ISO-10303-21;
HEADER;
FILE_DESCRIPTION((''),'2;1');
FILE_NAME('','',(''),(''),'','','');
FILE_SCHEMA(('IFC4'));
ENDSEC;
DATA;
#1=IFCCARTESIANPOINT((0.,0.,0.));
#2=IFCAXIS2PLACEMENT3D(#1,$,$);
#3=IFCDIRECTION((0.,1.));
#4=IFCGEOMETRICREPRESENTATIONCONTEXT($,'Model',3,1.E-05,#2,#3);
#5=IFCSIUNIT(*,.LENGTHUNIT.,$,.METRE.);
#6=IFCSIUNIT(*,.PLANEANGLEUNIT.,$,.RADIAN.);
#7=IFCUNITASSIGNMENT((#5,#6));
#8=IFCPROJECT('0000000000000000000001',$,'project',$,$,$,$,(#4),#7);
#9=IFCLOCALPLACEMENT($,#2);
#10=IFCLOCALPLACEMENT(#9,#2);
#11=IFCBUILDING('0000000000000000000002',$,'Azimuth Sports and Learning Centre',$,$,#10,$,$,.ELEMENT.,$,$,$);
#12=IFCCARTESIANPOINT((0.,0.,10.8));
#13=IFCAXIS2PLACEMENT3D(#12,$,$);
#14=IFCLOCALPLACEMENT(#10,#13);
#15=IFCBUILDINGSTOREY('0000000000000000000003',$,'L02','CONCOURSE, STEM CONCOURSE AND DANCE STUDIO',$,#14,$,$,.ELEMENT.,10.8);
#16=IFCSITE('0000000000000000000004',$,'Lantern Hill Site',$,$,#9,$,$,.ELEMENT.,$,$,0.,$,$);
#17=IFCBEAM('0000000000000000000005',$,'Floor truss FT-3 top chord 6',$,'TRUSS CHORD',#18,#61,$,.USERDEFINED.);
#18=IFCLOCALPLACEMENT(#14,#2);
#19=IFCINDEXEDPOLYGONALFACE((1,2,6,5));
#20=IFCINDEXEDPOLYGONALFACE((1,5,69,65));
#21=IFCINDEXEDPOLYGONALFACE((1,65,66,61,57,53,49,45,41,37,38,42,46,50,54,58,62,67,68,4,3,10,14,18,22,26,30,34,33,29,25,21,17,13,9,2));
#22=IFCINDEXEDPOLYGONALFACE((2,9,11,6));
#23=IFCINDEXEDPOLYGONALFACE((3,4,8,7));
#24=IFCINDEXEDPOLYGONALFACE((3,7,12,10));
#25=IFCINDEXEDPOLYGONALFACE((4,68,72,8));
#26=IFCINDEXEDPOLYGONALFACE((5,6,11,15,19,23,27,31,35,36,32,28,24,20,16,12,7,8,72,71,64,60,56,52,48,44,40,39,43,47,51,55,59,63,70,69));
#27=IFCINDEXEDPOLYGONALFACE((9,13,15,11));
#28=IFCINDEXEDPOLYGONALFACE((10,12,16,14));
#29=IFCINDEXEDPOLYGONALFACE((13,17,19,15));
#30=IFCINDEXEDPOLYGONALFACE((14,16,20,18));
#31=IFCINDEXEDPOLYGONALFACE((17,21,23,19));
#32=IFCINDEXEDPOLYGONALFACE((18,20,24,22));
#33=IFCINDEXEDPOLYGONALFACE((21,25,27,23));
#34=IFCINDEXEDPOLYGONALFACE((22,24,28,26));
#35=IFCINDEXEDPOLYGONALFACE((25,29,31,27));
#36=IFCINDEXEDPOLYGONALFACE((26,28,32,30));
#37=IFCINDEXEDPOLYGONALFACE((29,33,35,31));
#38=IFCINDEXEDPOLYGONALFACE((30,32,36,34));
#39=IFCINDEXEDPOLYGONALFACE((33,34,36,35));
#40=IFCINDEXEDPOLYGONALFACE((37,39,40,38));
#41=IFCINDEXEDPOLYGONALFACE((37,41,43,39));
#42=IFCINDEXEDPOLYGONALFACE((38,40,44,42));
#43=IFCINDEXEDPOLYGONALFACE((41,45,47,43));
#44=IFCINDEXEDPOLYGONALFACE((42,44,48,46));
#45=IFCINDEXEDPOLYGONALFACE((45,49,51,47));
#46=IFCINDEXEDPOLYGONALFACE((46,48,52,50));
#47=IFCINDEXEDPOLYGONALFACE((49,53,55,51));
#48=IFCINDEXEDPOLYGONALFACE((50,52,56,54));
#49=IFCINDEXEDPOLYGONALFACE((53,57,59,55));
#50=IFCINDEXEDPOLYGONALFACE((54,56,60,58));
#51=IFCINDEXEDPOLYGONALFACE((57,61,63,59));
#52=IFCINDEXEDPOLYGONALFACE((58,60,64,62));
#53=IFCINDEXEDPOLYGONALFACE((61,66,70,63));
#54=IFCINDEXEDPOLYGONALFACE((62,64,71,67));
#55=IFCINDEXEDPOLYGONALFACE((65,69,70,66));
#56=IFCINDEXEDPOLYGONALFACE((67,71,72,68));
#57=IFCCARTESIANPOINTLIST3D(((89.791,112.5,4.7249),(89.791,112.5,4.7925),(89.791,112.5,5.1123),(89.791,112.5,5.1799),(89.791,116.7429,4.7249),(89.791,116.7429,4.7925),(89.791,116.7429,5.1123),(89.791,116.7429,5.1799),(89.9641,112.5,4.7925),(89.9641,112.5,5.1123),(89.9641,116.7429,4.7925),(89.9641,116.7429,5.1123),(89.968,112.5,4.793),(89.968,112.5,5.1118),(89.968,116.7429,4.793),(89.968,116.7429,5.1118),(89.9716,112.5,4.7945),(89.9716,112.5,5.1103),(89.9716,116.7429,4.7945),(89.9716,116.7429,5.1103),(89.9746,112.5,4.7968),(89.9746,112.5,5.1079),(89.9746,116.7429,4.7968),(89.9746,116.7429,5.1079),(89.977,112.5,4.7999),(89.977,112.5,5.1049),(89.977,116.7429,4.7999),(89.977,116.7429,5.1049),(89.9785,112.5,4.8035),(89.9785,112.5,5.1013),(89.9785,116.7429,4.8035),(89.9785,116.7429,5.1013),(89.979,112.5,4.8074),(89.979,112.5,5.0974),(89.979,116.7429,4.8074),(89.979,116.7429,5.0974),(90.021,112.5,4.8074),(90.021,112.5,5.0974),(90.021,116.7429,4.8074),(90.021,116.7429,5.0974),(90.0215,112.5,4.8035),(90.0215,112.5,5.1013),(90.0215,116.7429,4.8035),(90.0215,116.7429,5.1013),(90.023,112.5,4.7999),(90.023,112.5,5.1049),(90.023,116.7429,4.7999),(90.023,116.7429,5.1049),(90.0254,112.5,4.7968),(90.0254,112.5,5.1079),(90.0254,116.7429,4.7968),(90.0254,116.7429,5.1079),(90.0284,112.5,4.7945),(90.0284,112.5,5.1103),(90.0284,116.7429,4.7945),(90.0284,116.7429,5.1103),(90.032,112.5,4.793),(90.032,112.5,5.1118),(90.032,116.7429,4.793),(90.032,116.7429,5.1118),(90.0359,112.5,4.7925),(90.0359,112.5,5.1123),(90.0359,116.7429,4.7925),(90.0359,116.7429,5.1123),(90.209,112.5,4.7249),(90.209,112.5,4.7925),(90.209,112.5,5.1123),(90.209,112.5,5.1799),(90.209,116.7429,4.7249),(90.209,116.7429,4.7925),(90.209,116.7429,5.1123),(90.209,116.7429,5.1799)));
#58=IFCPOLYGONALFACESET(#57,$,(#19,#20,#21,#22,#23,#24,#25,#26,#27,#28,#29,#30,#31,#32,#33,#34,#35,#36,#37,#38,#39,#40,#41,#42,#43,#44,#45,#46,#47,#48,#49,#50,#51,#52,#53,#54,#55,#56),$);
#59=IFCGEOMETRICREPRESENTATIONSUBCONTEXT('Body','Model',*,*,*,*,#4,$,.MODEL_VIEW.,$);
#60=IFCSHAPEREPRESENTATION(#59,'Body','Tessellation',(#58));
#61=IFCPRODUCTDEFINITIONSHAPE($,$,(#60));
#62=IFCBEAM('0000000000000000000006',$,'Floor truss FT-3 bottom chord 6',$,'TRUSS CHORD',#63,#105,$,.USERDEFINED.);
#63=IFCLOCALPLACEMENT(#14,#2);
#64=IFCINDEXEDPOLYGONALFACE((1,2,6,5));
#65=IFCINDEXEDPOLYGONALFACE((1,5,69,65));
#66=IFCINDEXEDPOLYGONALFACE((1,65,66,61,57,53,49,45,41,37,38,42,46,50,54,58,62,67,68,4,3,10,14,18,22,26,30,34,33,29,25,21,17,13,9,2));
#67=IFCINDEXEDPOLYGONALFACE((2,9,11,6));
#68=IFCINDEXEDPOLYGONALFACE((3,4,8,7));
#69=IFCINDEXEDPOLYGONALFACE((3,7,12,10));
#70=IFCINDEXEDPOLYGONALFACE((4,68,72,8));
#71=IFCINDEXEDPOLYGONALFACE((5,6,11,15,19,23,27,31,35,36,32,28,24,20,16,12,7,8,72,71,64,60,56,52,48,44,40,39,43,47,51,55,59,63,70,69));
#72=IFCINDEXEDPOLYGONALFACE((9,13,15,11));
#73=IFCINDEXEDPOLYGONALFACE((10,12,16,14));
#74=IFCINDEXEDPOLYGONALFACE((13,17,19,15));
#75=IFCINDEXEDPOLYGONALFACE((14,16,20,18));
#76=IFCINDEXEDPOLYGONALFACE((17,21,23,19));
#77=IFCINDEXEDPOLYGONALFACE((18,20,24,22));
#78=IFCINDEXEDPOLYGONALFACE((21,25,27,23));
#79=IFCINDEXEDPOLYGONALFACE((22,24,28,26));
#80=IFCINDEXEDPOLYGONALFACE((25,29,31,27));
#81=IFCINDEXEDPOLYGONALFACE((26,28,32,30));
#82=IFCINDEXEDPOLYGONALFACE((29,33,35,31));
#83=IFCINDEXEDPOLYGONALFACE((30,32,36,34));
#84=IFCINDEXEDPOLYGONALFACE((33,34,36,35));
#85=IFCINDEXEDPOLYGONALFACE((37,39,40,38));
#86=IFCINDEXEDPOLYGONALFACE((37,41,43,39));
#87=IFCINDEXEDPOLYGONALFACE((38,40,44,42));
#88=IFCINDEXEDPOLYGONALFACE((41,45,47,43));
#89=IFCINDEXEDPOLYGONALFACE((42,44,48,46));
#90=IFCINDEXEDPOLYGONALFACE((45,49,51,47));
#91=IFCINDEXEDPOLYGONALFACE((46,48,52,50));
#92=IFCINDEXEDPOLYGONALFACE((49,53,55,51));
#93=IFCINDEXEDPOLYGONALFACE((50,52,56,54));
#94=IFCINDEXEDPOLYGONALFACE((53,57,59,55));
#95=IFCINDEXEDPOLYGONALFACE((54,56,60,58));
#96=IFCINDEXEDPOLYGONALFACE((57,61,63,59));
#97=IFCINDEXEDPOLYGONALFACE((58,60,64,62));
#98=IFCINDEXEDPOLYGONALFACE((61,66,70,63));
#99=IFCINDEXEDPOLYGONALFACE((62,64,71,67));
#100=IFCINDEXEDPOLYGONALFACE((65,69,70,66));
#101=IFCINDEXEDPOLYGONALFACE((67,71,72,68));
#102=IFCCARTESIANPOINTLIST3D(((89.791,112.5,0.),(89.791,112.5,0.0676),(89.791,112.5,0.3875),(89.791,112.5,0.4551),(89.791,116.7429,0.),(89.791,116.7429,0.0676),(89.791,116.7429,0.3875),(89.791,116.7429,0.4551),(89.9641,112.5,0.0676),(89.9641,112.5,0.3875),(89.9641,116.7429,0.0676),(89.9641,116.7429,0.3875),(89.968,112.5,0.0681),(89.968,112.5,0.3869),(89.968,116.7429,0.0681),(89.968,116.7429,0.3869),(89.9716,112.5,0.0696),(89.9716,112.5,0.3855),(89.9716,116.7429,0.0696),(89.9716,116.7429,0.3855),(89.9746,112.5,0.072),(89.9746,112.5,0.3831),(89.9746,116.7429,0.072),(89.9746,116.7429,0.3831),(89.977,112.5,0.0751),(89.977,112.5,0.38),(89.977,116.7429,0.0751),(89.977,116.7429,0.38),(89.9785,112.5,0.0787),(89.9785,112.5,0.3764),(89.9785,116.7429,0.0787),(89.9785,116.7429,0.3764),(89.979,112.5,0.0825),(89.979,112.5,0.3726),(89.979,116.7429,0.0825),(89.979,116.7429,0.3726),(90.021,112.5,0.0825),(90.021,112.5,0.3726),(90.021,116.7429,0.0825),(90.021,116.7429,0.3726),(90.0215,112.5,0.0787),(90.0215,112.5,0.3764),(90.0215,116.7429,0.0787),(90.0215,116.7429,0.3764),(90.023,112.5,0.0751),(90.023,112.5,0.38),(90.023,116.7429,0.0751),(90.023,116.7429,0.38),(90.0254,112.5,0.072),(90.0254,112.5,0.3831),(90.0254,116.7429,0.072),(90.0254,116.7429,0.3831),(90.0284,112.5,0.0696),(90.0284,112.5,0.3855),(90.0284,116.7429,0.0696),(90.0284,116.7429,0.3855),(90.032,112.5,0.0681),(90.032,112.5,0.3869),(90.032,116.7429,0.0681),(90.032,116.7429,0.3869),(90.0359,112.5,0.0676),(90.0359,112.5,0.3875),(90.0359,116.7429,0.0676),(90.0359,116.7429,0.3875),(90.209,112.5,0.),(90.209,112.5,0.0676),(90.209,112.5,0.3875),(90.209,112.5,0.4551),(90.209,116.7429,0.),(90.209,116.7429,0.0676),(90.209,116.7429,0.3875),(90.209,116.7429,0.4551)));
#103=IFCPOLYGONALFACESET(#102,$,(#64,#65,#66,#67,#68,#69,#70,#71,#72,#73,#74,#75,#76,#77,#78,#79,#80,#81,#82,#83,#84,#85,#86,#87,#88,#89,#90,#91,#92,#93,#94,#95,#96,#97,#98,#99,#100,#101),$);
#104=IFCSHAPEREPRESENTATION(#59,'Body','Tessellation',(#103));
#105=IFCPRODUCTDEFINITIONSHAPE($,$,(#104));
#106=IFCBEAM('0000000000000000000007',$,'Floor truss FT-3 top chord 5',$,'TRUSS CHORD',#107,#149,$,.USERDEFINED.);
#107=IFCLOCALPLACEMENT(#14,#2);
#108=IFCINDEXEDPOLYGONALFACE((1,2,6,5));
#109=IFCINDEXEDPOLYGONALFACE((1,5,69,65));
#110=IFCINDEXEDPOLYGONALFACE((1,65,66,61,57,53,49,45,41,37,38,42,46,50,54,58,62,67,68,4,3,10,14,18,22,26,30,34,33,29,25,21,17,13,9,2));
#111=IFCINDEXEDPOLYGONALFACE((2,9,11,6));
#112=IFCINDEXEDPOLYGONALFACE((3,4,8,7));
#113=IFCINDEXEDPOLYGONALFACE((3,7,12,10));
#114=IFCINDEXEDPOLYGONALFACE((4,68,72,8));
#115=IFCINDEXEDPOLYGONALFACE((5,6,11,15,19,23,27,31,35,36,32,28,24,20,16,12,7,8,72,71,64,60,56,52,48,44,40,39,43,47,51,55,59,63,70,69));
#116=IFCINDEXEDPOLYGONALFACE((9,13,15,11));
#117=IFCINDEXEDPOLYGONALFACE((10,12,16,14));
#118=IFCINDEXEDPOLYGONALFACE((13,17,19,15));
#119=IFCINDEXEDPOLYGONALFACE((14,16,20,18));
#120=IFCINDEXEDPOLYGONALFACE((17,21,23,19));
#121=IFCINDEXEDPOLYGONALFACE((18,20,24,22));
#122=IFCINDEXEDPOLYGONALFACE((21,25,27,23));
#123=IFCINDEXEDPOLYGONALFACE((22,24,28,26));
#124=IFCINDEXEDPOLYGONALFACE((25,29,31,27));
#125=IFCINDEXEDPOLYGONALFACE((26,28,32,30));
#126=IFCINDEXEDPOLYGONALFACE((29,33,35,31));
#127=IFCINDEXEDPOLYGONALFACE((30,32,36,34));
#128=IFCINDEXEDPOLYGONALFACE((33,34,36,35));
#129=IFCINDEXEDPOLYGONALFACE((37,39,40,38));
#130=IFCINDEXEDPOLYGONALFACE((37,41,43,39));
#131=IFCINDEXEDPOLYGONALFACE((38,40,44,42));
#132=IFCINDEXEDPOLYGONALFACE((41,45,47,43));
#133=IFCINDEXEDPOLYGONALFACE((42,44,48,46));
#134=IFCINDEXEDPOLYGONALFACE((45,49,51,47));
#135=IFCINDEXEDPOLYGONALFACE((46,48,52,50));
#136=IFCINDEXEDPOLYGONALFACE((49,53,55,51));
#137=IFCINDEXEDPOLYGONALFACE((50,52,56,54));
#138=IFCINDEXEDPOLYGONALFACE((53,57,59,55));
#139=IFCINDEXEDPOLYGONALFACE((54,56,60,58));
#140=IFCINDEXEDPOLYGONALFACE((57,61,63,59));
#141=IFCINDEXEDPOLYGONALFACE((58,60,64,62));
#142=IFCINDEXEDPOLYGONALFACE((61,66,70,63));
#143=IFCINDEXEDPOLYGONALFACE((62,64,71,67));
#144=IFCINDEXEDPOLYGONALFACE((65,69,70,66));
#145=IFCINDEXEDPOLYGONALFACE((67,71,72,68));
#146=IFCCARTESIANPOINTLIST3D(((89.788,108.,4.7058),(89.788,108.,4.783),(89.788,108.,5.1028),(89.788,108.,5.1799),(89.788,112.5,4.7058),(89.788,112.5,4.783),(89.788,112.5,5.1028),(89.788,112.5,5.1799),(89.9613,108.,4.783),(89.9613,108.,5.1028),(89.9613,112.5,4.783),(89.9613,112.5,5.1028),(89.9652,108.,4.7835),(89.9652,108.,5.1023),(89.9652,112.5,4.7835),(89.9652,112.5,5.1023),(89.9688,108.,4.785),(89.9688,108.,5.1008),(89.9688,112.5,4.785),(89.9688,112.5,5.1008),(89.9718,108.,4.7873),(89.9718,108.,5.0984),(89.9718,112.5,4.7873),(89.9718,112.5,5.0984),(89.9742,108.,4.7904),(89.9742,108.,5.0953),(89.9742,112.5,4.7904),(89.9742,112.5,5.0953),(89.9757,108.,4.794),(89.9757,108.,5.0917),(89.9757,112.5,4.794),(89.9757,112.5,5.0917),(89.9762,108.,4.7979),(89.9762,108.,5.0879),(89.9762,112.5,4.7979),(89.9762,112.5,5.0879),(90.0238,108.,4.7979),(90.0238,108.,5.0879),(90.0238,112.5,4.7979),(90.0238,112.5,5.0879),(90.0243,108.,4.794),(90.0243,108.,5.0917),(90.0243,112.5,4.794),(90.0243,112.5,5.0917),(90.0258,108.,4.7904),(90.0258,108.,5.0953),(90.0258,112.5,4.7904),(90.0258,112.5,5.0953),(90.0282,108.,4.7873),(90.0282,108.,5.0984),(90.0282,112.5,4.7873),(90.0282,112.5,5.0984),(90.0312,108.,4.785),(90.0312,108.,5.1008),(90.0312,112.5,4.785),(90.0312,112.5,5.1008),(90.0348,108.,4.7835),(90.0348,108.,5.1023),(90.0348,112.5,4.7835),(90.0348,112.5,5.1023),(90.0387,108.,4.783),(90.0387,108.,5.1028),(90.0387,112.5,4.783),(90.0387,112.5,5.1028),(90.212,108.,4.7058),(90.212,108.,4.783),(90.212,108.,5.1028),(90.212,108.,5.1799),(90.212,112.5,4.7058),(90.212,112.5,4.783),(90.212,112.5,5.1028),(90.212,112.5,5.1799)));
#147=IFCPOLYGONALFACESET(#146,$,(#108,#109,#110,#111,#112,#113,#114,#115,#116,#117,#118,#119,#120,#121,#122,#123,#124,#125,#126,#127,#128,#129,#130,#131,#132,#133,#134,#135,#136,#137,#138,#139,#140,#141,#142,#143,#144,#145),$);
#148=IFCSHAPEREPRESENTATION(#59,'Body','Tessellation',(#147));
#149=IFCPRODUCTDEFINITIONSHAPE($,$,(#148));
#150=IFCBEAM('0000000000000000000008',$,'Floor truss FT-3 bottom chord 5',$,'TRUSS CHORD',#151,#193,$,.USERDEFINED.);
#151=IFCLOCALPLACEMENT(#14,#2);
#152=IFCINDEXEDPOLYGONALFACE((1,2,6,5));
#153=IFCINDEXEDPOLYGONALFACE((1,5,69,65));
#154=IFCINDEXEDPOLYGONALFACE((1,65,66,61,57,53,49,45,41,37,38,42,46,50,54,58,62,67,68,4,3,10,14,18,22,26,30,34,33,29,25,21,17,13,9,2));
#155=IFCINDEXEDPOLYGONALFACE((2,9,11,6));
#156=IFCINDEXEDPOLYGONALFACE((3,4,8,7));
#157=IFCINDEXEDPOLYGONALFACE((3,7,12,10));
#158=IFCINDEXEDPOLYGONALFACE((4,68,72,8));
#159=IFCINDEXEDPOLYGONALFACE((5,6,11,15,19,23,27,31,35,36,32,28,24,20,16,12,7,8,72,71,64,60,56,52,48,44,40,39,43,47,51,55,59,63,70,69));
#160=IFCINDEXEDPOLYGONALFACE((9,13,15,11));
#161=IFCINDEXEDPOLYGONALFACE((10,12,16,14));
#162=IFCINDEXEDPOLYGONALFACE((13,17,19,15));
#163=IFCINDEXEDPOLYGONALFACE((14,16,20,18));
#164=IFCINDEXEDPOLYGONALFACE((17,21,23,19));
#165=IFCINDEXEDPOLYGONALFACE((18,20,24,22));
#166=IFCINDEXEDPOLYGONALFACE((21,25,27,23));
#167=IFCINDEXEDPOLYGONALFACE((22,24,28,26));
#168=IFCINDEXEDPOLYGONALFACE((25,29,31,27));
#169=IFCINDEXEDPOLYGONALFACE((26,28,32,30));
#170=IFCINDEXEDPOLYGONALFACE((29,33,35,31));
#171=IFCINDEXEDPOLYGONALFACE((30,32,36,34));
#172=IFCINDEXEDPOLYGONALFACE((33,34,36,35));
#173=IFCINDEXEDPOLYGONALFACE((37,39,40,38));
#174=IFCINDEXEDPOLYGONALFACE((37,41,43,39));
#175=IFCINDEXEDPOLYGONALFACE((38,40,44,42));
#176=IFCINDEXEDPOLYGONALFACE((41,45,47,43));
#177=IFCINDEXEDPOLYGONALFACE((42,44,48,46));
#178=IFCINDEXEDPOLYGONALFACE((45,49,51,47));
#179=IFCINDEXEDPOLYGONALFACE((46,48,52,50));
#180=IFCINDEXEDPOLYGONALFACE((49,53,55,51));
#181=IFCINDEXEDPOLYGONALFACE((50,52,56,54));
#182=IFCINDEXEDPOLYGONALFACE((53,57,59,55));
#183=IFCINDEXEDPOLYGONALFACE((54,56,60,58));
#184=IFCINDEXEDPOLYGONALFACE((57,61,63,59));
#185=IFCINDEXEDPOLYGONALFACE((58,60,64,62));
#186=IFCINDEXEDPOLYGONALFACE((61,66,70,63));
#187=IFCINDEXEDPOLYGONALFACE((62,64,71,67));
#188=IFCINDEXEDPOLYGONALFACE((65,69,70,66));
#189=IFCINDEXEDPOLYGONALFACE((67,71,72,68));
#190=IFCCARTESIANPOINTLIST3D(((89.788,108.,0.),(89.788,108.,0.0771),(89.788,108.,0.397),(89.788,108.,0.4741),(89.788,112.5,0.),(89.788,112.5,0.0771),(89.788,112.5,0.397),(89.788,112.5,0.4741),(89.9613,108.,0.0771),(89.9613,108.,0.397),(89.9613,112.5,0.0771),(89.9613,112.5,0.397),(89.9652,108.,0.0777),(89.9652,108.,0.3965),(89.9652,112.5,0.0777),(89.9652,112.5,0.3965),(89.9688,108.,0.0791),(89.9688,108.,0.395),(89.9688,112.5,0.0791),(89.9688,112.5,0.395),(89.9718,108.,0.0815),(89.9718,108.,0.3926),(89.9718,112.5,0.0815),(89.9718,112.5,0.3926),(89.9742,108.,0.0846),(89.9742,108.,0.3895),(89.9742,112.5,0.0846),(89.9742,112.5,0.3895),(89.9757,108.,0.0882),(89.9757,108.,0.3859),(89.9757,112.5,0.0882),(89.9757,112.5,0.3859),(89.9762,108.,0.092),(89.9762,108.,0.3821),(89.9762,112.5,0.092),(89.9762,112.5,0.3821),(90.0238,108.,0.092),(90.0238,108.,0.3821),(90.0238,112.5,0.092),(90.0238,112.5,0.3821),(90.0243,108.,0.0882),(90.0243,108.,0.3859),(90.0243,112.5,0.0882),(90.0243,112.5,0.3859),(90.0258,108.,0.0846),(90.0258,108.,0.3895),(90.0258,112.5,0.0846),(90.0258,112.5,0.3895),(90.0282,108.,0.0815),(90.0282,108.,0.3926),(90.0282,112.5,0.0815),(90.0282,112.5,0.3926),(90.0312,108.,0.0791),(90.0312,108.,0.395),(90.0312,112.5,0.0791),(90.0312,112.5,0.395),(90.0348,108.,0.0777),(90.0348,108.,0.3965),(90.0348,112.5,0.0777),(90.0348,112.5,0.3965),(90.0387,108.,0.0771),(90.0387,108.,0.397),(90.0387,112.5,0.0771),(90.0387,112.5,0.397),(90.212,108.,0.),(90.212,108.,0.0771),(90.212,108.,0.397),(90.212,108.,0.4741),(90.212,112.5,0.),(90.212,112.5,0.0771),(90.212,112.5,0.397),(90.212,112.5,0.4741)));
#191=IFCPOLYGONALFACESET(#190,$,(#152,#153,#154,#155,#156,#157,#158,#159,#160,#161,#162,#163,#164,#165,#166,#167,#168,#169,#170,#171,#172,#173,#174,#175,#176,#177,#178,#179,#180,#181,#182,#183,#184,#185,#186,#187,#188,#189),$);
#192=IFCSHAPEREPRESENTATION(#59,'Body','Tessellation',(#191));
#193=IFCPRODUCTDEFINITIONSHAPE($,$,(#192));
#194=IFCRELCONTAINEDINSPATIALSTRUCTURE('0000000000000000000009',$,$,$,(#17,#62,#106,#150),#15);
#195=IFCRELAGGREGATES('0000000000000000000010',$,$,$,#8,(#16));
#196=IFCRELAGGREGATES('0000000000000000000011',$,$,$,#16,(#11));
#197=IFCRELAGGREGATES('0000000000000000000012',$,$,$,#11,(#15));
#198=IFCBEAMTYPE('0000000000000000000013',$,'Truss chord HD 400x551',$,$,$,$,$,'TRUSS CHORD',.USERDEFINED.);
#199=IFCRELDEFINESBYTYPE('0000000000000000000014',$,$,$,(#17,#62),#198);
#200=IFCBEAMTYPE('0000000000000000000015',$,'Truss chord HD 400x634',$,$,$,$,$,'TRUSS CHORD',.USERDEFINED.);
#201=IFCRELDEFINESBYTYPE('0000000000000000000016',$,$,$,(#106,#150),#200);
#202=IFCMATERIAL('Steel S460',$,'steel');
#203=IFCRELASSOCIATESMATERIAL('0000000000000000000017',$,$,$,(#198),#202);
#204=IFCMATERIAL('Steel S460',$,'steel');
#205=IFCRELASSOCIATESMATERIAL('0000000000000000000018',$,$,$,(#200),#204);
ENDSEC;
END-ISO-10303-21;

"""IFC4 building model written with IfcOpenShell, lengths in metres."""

from ifc_helpers import new_model, si_unit, direction, frame, origin, origin_2d, place, context, subcontext, project, spatial, i_section, extrude, material, material_profile, profile_set, type_object, element, save


model = new_model("IFC4")

# Units and contexts
model_context = context("Model", 3, precision=1e-05, world=origin(), true_north=direction((0.0, 1.0)))
body_context = subcontext(model_context, "Body", "Model", "MODEL_VIEW")
ifc_project = project(units=[si_unit("LENGTHUNIT", "METRE"), si_unit("PLANEANGLEUNIT", "RADIAN")], contexts=[model_context])

# Site, building, storey
site_placement = place(None, origin())
site = spatial("IfcSite", under=ifc_project, at=site_placement, Name="Lantern Hill Site", CompositionType="ELEMENT", RefElevation=0.0)
building_placement = place(site_placement, origin())
building = spatial("IfcBuilding", under=site, at=building_placement, Name="Azimuth Sports and Learning Centre", CompositionType="ELEMENT")
storey_placement = place(building_placement, frame((0.0, 0.0, 10.8)))
storey = spatial("IfcBuildingStorey", under=building, at=storey_placement, Name="L02", Description="CONCOURSE, STEM CONCOURSE AND DANCE STUDIO", CompositionType="ELEMENT", Elevation=10.8)

# Beams
ifc_material_1 = material(Name="Steel S460", Category="steel")
ifc_material_profile_1 = material_profile(ifc_material_1, i_section(OverallWidth=0.418, OverallDepth=0.4551, WebThickness=0.042, FlangeThickness=0.0676, FilletRadius=0.0149, at=origin_2d()), Name="HD 400x551")
ifc_profile_set_1 = profile_set([ifc_material_profile_1], Name="Steel S460")
beam_type_1 = type_object("IfcBeamType", Name="Truss chord HD 400x551", ElementType="TRUSS CHORD", PredefinedType="USERDEFINED", material=ifc_profile_set_1)
for number, where, z_axis, x_axis, name in (
    (1, (90.0, 112.5, 4.9524), (0.0, 1.0, 0.0), (-1.0, 0.0, 0.0), "Floor truss FT-3 top chord 6"),
    (2, (90.0, 112.5, 0.2275), (0.0, 1.0, 0.0), (-1.0, 0.0, 0.0), "Floor truss FT-3 bottom chord 6"),
):
    element("IfcBeam", number, at=place(storey_placement, frame(where, z_axis=z_axis, x_axis=x_axis)), inside=storey, type_object=beam_type_1, Name=name, ObjectType="TRUSS CHORD", PredefinedType="USERDEFINED", context=body_context, shape_type="SweptSolid", body=[
        extrude(i_section(OverallWidth=0.418, OverallDepth=0.4551, WebThickness=0.042, FlangeThickness=0.0676, FilletRadius=0.0149, at=origin_2d()), origin(), (0.0, 0.0, 1.0), 4.2429),
    ])
ifc_material_2 = material(Name="Steel S460", Category="steel")
ifc_material_profile_2 = material_profile(ifc_material_2, i_section(OverallWidth=0.4241, OverallDepth=0.4741, WebThickness=0.0476, FlangeThickness=0.0771, FilletRadius=0.0149, at=origin_2d()), Name="HD 400x634")
ifc_profile_set_2 = profile_set([ifc_material_profile_2], Name="Steel S460")
beam_type_2 = type_object("IfcBeamType", Name="Truss chord HD 400x634", ElementType="TRUSS CHORD", PredefinedType="USERDEFINED", material=ifc_profile_set_2)
for number, where, z_axis, x_axis, name in (
    (3, (90.0, 108.0, 4.9429), (0.0, 1.0, 0.0), (-1.0, 0.0, 0.0), "Floor truss FT-3 top chord 5"),
    (4, (90.0, 108.0, 0.2371), (0.0, 1.0, 0.0), (-1.0, 0.0, 0.0), "Floor truss FT-3 bottom chord 5"),
):
    element("IfcBeam", number, at=place(storey_placement, frame(where, z_axis=z_axis, x_axis=x_axis)), inside=storey, type_object=beam_type_2, Name=name, ObjectType="TRUSS CHORD", PredefinedType="USERDEFINED", context=body_context, shape_type="SweptSolid", body=[
        extrude(i_section(OverallWidth=0.4241, OverallDepth=0.4741, WebThickness=0.0476, FlangeThickness=0.0771, FilletRadius=0.0149, at=origin_2d()), origin(), (0.0, 0.0, 1.0), 4.5),
    ])

save(model, "model.ifc")
